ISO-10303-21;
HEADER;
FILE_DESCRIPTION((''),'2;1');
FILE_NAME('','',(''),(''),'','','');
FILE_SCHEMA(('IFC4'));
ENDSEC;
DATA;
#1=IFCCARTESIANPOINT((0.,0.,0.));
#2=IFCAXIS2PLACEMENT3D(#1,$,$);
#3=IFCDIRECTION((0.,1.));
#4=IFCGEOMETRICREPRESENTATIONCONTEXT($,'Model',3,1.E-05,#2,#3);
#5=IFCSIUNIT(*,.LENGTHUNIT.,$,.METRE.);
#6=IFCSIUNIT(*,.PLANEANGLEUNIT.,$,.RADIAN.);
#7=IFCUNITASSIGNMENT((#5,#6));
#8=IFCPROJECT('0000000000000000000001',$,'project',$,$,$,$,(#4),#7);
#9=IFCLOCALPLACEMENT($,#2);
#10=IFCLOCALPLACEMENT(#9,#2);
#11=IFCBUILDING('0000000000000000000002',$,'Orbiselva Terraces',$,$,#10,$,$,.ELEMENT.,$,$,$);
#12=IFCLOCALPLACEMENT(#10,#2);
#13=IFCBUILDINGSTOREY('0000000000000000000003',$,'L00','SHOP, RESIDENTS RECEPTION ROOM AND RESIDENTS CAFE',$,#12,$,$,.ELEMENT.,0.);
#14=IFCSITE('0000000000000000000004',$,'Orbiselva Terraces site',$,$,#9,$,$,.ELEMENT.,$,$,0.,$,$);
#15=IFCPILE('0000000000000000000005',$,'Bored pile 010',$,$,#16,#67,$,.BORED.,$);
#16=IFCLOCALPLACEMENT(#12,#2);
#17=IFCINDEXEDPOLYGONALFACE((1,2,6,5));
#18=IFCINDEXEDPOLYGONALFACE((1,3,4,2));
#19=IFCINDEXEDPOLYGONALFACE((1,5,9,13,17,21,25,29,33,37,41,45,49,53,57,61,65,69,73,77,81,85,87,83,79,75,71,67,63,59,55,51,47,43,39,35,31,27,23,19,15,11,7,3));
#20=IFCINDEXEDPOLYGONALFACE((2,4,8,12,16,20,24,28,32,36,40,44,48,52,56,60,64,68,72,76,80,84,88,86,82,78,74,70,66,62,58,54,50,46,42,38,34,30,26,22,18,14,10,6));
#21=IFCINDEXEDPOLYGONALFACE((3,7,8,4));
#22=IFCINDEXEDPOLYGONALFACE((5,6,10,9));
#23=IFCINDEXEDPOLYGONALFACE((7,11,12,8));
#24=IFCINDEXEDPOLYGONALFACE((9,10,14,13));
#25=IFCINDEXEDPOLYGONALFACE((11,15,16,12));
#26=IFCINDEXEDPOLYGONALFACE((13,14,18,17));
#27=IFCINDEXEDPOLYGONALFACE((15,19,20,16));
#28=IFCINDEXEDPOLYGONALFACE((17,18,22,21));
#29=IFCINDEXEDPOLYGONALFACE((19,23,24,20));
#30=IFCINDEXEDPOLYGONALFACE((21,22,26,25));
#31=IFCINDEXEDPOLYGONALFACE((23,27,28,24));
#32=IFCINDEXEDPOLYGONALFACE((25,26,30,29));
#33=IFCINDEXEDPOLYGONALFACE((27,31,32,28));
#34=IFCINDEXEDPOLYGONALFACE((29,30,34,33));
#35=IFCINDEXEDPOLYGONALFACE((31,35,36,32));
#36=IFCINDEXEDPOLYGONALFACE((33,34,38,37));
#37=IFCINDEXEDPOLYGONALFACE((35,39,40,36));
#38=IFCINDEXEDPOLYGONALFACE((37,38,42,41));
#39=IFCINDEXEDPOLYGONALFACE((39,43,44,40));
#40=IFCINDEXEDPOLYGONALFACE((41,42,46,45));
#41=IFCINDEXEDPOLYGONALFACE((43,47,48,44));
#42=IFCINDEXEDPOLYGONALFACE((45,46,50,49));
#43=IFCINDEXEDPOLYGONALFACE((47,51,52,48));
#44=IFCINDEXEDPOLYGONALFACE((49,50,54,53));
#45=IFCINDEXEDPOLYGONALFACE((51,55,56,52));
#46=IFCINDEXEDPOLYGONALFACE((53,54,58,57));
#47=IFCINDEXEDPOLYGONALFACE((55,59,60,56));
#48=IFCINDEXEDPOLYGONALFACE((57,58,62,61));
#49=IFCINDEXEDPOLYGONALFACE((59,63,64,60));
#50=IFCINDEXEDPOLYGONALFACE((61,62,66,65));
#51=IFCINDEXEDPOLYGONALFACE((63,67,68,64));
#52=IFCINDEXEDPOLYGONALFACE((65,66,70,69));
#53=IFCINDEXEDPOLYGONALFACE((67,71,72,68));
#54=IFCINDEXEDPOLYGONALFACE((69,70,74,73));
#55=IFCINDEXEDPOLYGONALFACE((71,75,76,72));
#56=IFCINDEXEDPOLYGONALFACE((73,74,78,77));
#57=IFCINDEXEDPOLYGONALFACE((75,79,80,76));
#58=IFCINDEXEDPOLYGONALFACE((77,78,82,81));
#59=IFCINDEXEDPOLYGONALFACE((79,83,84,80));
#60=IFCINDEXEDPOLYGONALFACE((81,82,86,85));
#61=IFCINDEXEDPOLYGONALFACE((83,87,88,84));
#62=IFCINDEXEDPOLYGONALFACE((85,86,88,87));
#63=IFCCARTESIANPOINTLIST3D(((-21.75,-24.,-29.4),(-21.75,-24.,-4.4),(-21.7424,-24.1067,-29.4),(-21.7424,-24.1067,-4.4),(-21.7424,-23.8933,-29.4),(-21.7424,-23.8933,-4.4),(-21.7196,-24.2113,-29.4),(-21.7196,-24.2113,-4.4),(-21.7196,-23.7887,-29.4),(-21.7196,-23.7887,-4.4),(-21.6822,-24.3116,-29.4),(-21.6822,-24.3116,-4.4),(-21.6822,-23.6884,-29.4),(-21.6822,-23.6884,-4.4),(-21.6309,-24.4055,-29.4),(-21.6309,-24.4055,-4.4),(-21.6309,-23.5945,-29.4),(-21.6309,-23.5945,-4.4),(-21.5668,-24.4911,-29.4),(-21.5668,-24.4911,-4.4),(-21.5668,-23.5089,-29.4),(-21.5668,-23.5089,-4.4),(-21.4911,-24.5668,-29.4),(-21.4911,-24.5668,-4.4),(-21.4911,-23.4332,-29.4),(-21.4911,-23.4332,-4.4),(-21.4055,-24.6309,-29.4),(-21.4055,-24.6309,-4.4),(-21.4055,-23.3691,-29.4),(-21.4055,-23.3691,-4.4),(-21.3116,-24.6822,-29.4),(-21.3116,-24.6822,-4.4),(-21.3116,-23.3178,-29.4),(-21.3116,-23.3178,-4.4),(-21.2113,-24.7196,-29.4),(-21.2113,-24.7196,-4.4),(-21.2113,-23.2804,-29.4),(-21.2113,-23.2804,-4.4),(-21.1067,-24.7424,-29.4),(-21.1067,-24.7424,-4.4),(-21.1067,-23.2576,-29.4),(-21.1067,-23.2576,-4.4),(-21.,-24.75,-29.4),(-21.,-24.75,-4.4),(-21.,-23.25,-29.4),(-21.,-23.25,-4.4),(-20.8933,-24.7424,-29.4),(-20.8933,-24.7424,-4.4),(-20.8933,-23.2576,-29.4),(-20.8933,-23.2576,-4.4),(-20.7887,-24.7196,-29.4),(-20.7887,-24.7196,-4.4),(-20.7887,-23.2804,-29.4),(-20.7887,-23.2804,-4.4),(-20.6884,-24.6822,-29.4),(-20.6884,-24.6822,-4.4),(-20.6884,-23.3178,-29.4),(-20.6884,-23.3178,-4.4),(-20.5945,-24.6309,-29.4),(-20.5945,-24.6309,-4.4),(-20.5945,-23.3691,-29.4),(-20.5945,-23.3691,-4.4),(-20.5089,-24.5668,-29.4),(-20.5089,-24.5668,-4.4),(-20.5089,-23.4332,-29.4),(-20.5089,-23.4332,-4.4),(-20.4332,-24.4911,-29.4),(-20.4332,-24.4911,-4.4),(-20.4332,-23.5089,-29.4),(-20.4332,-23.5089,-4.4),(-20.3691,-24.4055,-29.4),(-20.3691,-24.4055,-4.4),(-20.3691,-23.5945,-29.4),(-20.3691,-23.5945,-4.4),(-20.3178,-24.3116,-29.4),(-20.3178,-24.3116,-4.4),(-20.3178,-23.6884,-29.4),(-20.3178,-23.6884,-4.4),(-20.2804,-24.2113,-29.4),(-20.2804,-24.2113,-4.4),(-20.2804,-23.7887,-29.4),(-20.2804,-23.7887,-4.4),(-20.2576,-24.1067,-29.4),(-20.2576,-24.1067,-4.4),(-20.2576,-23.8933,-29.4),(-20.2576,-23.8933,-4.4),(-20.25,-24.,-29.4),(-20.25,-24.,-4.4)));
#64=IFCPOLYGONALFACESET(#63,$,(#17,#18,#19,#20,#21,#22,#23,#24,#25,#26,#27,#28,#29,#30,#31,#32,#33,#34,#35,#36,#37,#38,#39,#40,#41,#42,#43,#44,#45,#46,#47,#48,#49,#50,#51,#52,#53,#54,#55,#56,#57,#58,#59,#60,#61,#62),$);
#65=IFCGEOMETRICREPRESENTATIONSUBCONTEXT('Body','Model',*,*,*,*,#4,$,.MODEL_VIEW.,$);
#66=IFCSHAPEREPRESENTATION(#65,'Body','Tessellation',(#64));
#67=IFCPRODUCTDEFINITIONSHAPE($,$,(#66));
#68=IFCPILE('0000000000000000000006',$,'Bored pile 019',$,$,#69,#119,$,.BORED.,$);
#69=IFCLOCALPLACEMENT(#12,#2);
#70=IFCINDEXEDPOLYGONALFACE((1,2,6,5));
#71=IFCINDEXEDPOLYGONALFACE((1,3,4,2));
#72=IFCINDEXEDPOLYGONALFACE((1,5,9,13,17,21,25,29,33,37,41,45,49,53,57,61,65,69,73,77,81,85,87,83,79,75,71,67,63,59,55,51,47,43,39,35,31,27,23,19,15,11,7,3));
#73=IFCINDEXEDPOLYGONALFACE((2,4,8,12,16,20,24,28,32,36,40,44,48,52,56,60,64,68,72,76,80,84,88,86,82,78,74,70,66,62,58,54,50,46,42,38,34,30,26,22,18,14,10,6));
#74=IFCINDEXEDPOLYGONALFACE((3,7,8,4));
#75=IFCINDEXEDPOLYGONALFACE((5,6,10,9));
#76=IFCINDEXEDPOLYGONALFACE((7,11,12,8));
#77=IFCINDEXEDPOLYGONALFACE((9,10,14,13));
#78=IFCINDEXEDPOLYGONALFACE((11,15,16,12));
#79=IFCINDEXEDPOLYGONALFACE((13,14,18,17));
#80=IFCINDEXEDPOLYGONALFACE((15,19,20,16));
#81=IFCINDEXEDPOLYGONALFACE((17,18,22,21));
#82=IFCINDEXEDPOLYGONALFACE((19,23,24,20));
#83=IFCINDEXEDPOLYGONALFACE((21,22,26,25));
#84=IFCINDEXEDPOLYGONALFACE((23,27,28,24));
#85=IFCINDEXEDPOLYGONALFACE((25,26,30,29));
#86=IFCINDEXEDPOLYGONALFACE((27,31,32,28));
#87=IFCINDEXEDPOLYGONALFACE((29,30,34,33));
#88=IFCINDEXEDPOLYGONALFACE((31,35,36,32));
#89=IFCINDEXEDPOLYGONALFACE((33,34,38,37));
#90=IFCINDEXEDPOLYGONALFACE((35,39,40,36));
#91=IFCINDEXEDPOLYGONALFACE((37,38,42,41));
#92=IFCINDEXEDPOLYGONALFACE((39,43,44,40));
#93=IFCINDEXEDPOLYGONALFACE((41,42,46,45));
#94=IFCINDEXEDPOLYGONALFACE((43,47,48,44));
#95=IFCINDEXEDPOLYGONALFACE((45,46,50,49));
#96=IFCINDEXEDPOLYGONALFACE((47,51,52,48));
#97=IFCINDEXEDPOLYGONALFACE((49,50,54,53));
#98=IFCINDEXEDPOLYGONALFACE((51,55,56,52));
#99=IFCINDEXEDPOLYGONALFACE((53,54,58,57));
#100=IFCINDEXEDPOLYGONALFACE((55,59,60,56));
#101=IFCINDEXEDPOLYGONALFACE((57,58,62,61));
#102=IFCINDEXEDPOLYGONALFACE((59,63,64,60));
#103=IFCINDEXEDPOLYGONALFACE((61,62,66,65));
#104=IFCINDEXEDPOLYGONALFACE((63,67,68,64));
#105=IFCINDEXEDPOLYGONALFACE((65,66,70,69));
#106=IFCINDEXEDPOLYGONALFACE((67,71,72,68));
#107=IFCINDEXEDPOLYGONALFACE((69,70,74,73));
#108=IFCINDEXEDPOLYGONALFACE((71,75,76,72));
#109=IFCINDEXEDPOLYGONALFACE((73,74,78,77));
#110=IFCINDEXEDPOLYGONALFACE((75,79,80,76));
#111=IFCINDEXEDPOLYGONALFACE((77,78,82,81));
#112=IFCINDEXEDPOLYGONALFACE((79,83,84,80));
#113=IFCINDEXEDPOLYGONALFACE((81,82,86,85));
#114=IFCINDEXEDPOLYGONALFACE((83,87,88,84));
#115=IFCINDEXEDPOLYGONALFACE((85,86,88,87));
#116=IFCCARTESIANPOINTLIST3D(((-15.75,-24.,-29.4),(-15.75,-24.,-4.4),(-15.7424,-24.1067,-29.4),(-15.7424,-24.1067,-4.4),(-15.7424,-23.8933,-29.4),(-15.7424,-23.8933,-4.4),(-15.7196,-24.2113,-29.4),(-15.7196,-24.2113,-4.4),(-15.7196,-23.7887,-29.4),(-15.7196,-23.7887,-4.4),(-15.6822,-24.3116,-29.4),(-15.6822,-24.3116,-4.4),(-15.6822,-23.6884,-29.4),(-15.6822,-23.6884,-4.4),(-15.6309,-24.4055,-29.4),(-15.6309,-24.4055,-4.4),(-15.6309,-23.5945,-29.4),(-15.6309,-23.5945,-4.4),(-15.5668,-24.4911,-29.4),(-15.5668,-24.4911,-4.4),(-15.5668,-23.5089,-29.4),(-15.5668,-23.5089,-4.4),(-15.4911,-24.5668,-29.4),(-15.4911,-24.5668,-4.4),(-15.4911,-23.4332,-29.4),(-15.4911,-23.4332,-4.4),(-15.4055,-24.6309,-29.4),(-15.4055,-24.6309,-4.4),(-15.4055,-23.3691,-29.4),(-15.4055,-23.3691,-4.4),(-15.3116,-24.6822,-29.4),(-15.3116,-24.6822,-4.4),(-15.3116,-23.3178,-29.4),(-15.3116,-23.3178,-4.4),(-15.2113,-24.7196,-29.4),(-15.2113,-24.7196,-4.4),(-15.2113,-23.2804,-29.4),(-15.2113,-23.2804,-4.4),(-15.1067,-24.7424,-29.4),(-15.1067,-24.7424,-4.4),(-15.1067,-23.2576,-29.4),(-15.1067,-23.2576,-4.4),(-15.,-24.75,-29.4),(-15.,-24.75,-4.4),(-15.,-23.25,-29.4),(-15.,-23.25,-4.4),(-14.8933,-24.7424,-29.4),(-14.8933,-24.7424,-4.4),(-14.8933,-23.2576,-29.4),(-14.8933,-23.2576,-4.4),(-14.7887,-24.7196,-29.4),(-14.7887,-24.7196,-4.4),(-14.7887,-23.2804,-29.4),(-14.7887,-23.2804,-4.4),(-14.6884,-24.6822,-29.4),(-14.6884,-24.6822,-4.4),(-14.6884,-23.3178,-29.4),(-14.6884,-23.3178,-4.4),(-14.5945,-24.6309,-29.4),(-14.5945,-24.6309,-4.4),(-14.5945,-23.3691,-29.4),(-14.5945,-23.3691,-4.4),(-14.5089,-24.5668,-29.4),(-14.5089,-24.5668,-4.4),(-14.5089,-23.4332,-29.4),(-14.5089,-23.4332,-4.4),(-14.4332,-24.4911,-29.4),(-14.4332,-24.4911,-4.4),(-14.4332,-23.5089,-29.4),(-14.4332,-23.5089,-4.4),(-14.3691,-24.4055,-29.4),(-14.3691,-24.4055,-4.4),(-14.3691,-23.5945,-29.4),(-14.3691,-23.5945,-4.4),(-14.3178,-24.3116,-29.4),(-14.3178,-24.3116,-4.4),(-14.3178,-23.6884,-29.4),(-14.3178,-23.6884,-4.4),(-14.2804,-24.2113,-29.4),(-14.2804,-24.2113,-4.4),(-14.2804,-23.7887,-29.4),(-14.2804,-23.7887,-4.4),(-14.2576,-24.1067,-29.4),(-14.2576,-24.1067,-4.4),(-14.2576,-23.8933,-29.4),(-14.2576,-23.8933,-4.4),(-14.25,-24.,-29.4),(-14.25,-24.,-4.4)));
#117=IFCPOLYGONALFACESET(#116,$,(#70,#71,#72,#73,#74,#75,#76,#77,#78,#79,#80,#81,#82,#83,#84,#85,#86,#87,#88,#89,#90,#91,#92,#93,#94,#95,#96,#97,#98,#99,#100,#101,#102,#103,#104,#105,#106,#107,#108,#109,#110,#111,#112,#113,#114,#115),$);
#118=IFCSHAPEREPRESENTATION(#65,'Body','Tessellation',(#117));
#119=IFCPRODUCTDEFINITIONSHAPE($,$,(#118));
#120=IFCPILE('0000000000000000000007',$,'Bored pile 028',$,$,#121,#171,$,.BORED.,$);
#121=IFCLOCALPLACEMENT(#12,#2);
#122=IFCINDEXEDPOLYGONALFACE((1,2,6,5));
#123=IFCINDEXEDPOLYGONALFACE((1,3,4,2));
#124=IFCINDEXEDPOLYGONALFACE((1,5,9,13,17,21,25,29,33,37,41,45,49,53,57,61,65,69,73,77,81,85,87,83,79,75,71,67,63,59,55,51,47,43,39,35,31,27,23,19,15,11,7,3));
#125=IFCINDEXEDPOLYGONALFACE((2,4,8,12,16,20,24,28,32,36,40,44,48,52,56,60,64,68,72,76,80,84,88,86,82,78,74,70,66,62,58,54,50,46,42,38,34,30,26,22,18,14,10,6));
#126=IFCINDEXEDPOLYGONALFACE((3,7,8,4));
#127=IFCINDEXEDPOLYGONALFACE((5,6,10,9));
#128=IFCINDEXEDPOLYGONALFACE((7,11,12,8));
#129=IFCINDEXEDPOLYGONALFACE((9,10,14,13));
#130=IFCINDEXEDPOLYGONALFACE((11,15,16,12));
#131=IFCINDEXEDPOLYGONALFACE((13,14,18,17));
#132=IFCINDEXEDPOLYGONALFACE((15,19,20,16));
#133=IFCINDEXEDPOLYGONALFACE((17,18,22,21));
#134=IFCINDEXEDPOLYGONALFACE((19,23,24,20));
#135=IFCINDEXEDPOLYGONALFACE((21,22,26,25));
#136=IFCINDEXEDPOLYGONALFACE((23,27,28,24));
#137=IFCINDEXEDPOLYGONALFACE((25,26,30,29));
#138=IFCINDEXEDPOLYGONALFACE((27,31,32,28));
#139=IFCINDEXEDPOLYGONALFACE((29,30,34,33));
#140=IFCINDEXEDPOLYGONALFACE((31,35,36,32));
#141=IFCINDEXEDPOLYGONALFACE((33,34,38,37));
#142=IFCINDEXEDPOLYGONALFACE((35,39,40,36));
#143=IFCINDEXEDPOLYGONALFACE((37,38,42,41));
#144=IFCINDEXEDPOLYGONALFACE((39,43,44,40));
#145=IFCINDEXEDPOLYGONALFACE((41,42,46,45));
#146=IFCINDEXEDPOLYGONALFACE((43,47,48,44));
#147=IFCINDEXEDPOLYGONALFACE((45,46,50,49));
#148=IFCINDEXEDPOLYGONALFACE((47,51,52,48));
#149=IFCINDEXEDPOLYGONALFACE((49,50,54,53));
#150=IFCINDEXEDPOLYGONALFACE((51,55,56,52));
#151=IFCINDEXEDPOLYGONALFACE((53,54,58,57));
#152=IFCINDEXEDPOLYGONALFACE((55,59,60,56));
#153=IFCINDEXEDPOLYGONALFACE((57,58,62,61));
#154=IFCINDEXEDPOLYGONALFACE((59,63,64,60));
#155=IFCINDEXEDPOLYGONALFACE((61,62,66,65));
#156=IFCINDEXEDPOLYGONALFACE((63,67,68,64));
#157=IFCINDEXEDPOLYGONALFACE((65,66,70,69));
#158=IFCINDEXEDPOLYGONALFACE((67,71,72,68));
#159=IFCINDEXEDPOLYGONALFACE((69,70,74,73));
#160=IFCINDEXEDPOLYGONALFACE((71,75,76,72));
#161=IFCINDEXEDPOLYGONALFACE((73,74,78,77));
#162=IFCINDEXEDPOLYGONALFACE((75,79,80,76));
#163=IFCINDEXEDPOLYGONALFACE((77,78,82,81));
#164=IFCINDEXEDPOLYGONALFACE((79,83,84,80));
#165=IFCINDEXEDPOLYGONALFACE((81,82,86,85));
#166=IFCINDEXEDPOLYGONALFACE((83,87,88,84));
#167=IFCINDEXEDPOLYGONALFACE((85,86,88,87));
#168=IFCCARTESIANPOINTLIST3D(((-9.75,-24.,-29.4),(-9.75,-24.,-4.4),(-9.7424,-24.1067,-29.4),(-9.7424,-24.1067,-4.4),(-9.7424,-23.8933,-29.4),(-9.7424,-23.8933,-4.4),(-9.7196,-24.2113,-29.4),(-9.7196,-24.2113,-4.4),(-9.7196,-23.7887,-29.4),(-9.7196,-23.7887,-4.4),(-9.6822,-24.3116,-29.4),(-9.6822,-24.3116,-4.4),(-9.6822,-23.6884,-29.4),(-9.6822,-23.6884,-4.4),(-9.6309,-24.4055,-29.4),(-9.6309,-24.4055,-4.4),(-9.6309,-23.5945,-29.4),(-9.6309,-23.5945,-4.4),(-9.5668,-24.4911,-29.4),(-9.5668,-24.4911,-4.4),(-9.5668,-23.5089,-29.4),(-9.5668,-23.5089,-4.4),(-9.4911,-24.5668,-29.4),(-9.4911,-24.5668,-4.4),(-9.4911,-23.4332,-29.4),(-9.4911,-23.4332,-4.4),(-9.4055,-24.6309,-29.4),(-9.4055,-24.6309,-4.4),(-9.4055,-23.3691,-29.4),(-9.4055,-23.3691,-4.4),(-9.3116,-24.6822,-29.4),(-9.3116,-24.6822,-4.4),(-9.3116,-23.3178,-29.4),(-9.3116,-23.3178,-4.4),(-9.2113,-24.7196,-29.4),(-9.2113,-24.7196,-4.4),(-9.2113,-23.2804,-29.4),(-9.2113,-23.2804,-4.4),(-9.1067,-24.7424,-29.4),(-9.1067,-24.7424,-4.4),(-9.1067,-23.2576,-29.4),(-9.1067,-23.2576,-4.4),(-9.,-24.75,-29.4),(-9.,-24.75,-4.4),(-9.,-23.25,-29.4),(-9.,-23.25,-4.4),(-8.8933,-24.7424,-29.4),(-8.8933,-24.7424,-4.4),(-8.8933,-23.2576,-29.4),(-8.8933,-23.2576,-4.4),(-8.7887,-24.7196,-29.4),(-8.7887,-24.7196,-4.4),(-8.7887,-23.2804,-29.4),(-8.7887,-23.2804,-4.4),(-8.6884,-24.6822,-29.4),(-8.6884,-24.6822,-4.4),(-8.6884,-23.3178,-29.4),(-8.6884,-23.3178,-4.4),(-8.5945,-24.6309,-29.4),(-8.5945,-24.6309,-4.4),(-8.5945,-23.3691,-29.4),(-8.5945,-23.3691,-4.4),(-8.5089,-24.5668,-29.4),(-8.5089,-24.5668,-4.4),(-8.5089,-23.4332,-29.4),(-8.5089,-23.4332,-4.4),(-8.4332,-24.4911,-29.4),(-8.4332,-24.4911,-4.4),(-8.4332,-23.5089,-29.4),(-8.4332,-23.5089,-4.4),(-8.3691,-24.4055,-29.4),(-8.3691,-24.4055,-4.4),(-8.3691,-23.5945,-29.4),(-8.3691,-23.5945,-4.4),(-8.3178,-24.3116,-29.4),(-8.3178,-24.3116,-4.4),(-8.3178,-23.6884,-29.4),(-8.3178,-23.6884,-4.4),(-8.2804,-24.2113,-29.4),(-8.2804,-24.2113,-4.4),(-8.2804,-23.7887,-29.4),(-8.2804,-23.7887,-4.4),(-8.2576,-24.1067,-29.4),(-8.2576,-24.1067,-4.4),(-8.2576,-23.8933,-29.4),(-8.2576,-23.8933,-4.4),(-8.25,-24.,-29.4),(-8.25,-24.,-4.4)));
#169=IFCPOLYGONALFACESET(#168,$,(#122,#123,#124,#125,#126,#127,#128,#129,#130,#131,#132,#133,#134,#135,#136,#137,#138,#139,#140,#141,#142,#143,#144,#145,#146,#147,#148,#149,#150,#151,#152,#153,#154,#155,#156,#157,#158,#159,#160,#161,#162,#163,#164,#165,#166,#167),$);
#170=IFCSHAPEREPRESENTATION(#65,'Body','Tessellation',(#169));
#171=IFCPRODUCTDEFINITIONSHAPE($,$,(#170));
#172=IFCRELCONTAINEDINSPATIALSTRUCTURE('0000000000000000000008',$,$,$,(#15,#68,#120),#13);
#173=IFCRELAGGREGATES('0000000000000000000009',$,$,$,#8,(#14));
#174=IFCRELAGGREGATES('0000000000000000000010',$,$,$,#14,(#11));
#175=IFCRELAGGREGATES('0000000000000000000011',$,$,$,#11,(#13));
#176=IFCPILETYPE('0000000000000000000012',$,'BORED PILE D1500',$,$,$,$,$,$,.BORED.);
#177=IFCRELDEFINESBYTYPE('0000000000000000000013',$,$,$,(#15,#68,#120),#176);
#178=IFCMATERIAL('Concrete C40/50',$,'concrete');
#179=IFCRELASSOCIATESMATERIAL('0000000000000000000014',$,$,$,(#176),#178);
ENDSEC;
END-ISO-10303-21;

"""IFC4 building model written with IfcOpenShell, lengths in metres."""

from ifc_helpers import new_model, si_unit, direction, frame, origin, origin_2d, place, context, subcontext, project, spatial, circle, extrude, material, material_profile, profile_set, type_object, element, save


model = new_model("IFC4")

# Units and contexts
model_context = context("Model", 3, precision=1e-05, world=origin(), true_north=direction((0.0, 1.0)))
body_context = subcontext(model_context, "Body", "Model", "MODEL_VIEW")
ifc_project = project(units=[si_unit("LENGTHUNIT", "METRE"), si_unit("PLANEANGLEUNIT", "RADIAN")], contexts=[model_context])

# Site, building, storey
site_placement = place(None, origin())
site = spatial("IfcSite", under=ifc_project, at=site_placement, Name="Orbiselva Terraces site", CompositionType="ELEMENT", RefElevation=0.0)
building_placement = place(site_placement, origin())
building = spatial("IfcBuilding", under=site, at=building_placement, Name="Orbiselva Terraces", CompositionType="ELEMENT")
storey_placement = place(building_placement, origin())
storey = spatial("IfcBuildingStorey", under=building, at=storey_placement, Name="L00", Description="SHOP, RESIDENTS RECEPTION ROOM AND RESIDENTS CAFE", CompositionType="ELEMENT", Elevation=0.0)

# Piles
ifc_material_1 = material(Name="Concrete C40/50", Category="concrete")
ifc_material_profile_1 = material_profile(ifc_material_1, circle(Radius=0.75, at=origin_2d()), Name="D1500")
ifc_profile_set_1 = profile_set([ifc_material_profile_1], Name="Concrete C40/50")
pile_type = type_object("IfcPileType", Name="BORED PILE D1500", PredefinedType="BORED", material=ifc_profile_set_1)
for number, where, z_axis, x_axis, name in (
    (1, (-21.0, -24.0, -4.4), (0.0, 0.0, -1.0), (1.0, 0.0, 0.0), "Bored pile 010"),
    (2, (-15.0, -24.0, -4.4), (0.0, 0.0, -1.0), (1.0, 0.0, 0.0), "Bored pile 019"),
    (3, (-9.0, -24.0, -4.4), (0.0, 0.0, -1.0), (1.0, 0.0, 0.0), "Bored pile 028"),
):
    element("IfcPile", number, at=place(storey_placement, frame(where, z_axis=z_axis, x_axis=x_axis)), inside=storey, type_object=pile_type, Name=name, PredefinedType="BORED", context=body_context, shape_type="SweptSolid", body=[
        extrude(circle(Radius=0.75, at=origin_2d()), origin(), (0.0, 0.0, 1.0), 25.0),
    ])

save(model, "model.ifc")
